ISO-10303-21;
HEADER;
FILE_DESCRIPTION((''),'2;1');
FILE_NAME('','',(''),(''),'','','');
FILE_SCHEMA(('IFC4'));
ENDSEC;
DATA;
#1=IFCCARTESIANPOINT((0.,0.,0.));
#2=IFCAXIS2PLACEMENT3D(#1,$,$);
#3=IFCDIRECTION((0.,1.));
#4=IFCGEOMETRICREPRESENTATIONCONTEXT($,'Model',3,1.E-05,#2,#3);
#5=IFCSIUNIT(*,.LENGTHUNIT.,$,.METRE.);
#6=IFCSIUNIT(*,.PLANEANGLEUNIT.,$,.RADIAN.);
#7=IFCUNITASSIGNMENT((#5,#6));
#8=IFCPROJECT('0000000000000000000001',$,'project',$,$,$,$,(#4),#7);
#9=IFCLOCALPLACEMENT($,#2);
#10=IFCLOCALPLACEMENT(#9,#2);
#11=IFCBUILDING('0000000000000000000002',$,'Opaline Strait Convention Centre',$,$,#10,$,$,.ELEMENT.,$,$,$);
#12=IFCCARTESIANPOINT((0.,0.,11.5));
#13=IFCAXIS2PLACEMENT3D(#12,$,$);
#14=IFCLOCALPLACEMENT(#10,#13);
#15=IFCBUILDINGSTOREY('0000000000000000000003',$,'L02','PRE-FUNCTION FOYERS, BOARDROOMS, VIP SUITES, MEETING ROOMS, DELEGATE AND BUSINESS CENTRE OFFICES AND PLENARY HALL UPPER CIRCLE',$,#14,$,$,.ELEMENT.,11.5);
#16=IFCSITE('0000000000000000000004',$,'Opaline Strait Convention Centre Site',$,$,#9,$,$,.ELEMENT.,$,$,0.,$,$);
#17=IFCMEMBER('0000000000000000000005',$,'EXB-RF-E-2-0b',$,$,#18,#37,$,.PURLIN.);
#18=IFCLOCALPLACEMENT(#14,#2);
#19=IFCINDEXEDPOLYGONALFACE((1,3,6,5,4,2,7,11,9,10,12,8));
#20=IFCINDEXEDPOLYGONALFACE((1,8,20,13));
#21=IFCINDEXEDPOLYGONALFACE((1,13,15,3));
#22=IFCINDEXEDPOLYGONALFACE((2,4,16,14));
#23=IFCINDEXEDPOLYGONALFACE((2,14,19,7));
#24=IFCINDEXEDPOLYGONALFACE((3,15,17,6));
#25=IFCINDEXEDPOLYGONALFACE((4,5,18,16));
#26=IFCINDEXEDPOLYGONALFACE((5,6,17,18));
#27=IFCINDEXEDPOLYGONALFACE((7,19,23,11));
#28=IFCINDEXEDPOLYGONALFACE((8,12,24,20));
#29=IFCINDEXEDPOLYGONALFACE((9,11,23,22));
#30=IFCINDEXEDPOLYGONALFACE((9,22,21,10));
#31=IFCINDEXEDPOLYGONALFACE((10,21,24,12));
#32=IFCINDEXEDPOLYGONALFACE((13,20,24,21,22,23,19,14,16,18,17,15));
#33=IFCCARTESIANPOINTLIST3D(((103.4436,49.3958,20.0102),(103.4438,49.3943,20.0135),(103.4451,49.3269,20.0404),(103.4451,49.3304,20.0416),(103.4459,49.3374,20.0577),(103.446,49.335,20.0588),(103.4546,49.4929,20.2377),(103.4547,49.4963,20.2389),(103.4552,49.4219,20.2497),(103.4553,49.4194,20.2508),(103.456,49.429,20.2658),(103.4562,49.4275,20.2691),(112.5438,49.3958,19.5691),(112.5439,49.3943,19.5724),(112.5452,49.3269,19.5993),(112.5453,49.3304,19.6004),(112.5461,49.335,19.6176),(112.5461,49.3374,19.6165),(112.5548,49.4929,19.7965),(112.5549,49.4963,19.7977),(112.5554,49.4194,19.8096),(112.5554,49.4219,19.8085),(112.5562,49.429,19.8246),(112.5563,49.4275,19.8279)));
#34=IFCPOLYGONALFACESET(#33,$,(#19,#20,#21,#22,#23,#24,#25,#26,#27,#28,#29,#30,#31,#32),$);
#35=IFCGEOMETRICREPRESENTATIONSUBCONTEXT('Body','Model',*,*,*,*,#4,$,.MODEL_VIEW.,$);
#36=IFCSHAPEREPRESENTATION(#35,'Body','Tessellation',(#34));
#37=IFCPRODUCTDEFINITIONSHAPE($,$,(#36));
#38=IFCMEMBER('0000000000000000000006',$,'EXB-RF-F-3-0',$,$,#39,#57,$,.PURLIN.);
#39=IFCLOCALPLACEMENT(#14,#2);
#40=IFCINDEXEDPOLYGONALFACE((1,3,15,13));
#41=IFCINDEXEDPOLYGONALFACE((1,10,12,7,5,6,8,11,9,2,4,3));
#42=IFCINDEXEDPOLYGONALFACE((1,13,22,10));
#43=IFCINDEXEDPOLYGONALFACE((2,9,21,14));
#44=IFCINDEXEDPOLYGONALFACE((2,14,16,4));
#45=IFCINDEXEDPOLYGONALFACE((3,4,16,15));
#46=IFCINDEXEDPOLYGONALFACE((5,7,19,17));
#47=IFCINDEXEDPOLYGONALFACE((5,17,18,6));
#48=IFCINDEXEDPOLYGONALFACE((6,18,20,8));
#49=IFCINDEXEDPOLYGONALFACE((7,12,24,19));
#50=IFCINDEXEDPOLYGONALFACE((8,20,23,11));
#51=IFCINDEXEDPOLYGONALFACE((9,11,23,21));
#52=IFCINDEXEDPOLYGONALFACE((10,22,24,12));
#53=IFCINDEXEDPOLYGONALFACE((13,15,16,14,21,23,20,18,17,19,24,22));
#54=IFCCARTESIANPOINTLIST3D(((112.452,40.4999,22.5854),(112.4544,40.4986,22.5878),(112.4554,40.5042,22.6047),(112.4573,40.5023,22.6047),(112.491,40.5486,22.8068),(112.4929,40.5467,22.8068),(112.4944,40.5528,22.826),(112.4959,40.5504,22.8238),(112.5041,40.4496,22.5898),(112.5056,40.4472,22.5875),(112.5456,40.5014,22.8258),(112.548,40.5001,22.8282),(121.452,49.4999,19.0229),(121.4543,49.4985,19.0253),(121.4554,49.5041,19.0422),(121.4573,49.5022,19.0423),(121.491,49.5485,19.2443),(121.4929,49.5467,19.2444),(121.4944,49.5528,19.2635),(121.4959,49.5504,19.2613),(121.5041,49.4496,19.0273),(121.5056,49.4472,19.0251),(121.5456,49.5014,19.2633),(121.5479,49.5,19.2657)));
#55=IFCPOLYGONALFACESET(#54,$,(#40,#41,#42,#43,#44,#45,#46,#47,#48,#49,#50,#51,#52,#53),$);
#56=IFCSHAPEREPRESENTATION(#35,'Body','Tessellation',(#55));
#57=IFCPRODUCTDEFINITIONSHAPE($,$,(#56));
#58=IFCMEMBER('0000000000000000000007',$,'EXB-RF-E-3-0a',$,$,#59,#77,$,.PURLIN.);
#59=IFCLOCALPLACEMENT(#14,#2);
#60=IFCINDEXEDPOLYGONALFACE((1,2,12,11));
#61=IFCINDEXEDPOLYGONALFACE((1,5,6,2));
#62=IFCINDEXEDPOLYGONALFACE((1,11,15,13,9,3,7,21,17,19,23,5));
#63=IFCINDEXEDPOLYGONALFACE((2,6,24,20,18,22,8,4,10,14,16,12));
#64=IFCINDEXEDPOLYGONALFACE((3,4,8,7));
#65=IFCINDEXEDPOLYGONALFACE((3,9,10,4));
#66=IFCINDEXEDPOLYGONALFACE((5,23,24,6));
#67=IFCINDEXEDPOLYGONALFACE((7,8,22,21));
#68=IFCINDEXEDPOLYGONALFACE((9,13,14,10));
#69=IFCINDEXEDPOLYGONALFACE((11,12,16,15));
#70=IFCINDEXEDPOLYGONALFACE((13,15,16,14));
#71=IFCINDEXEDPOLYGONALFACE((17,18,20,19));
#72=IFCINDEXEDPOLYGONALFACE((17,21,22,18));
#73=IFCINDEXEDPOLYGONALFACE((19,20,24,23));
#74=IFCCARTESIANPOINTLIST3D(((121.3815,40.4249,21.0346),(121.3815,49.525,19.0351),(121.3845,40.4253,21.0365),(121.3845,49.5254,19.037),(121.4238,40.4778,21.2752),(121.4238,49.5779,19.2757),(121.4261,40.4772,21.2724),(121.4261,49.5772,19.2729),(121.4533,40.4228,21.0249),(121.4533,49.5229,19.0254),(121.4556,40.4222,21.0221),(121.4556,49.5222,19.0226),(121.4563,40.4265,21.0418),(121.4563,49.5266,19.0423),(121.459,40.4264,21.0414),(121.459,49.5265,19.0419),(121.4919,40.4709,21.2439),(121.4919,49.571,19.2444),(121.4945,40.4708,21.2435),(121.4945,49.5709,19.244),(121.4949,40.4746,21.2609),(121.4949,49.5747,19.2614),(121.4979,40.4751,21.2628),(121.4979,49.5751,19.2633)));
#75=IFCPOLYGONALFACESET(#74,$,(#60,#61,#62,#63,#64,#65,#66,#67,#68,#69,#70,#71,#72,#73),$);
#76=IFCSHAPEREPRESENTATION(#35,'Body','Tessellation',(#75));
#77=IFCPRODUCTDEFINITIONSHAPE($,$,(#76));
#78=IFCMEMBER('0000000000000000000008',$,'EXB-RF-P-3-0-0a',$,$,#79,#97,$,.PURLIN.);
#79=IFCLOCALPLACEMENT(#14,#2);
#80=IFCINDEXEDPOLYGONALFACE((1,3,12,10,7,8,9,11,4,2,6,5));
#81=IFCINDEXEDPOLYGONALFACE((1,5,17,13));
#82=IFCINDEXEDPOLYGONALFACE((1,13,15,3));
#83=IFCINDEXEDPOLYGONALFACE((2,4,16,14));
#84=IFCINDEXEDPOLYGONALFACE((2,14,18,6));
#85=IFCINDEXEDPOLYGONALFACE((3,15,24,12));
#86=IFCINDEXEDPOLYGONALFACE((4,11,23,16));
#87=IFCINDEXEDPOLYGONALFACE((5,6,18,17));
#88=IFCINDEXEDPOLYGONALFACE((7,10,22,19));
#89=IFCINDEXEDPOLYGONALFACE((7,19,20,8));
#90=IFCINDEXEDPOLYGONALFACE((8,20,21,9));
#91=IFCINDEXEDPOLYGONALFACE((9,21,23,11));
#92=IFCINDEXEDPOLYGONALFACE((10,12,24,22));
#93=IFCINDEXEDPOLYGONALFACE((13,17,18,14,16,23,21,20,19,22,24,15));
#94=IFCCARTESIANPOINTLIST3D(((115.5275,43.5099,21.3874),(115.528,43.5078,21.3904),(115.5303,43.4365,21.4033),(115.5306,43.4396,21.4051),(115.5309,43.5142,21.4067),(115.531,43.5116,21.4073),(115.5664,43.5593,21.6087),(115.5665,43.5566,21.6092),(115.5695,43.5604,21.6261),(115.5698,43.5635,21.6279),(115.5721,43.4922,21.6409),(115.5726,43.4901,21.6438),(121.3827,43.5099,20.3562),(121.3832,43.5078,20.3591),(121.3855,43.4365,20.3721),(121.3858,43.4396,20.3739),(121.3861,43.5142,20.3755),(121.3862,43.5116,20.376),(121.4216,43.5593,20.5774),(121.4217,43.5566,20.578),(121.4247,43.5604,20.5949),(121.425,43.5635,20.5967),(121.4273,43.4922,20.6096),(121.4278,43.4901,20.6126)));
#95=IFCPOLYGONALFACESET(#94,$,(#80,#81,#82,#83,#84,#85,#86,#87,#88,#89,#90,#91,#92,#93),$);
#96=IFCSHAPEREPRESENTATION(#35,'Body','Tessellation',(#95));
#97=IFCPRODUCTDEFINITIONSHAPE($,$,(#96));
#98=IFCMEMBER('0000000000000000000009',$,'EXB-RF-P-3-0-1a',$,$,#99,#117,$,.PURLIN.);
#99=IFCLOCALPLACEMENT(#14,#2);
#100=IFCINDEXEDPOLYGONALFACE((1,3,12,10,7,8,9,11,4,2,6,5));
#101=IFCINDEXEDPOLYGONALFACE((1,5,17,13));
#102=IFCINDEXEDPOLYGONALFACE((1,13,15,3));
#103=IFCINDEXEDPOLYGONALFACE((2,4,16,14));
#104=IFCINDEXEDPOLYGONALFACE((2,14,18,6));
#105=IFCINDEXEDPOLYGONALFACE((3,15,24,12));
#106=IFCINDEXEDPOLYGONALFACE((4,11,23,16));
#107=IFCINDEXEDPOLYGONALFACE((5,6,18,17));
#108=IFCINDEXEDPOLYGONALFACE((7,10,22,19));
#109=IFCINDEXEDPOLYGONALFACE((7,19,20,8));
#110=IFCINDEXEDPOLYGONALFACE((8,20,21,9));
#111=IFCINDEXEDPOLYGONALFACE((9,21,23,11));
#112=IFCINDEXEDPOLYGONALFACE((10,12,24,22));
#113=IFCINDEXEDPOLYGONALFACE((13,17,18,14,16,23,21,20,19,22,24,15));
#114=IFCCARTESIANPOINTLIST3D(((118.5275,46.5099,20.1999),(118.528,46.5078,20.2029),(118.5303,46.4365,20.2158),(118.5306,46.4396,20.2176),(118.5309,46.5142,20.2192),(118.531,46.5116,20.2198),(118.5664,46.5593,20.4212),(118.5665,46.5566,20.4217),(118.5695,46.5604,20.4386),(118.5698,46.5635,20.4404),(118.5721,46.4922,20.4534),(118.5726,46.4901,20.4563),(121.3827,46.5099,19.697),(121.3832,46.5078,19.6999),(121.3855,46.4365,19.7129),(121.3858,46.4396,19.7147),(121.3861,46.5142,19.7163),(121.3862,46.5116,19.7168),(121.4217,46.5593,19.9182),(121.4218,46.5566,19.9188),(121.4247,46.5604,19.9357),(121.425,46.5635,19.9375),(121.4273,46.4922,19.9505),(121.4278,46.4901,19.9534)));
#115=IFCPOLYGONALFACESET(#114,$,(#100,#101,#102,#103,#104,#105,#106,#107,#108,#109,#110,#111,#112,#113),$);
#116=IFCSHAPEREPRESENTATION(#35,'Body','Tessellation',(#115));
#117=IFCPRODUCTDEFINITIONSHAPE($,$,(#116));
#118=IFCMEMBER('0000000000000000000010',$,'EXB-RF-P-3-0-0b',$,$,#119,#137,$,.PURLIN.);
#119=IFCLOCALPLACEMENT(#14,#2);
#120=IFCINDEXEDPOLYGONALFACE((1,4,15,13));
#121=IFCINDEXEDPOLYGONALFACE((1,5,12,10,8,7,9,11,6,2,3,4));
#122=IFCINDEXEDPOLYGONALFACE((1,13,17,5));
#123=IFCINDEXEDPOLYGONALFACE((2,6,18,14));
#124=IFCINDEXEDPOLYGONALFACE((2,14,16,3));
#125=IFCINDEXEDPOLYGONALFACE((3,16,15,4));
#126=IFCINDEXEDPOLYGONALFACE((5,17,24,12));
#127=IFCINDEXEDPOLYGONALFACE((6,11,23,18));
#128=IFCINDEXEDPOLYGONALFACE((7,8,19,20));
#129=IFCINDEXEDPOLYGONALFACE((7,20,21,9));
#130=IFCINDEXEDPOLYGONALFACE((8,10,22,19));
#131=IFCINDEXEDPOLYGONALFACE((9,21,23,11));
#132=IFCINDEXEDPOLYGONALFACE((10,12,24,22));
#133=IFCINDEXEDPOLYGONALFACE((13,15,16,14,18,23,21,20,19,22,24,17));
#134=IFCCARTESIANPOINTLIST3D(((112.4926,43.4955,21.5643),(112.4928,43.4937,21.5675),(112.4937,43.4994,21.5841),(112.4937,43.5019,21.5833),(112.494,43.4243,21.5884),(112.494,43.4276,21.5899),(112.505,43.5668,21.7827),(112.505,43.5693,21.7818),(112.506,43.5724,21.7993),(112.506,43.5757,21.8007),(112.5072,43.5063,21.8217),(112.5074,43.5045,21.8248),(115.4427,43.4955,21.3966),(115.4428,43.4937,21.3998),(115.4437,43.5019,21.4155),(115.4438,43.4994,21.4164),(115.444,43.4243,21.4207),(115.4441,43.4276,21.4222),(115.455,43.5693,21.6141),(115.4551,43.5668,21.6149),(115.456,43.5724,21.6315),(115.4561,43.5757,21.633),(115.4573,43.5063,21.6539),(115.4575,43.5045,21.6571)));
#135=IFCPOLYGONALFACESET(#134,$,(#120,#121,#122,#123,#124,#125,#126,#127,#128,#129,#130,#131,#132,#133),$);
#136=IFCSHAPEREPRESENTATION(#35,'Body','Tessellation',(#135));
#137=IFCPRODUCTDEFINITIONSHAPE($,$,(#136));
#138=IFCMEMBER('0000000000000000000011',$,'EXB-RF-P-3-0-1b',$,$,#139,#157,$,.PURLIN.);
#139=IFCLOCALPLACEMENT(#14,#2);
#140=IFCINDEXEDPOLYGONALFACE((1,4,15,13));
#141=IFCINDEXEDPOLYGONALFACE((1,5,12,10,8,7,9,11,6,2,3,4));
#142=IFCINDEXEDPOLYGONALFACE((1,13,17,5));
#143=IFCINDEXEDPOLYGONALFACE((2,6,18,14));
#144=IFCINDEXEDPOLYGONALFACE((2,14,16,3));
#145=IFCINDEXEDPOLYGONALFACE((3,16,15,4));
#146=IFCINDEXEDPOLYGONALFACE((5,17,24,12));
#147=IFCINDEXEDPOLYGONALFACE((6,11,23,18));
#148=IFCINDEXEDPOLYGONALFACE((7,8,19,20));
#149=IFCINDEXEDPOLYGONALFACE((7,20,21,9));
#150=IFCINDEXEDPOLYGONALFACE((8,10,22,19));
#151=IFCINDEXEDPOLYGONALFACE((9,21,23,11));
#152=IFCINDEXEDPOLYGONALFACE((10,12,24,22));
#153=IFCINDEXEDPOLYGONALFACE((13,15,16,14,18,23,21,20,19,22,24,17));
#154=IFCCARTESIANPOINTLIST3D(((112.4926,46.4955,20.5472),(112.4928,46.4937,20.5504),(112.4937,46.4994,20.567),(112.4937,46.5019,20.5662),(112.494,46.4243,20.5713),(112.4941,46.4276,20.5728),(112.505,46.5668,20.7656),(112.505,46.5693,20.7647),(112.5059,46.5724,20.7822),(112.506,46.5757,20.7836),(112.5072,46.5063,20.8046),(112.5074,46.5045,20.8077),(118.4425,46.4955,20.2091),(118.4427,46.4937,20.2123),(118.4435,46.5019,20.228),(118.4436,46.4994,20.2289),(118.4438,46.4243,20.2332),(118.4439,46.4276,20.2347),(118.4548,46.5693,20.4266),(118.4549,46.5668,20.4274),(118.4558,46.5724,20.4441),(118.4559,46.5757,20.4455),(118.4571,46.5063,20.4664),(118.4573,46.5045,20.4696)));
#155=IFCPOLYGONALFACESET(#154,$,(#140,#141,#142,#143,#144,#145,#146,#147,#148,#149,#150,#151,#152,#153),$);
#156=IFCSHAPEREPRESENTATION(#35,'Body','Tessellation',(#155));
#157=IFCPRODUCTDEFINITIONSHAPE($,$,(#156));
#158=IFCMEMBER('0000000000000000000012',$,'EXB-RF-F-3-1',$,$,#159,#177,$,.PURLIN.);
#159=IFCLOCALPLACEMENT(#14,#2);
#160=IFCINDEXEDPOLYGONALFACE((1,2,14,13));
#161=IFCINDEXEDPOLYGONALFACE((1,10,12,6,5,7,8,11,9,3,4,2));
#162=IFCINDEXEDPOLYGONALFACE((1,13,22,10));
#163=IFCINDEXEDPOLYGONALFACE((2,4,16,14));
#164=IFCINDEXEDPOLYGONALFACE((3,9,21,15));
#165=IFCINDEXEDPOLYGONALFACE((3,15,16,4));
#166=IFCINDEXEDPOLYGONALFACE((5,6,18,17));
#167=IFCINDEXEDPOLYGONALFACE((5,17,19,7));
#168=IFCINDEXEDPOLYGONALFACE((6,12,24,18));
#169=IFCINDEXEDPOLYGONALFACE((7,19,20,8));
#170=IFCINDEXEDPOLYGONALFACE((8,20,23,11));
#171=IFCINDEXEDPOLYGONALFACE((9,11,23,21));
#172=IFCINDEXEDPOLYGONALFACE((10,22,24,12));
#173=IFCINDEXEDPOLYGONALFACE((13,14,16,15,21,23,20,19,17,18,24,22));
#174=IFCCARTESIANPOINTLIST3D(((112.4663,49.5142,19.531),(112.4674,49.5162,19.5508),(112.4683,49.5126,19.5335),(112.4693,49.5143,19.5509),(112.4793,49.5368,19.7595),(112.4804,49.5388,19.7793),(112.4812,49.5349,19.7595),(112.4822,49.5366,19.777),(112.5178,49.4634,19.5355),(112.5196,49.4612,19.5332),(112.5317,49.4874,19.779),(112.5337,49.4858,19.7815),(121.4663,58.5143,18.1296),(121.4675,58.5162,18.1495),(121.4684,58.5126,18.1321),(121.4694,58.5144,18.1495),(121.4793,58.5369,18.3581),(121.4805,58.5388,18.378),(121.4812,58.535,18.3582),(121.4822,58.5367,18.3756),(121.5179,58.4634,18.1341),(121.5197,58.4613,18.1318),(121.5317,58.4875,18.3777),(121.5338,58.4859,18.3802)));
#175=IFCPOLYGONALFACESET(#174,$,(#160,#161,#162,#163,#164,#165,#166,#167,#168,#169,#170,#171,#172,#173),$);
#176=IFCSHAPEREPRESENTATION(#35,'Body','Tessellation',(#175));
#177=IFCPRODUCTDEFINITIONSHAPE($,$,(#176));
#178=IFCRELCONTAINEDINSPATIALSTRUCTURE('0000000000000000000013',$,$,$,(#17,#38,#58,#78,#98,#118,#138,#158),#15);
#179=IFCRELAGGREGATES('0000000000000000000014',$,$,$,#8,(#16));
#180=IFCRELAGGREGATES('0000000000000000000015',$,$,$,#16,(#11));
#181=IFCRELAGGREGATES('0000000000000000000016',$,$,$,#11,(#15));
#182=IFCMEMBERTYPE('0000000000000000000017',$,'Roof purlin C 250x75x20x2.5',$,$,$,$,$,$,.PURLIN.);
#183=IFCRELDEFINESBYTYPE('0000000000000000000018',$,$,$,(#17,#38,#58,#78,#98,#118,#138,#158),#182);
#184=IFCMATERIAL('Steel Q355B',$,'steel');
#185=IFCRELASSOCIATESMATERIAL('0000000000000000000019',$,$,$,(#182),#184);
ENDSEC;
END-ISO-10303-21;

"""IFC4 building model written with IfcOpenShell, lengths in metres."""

from ifc_helpers import new_model, si_unit, direction, frame, origin, place, context, subcontext, project, spatial, polyline, outline, extrude, material, material_profile, profile_set, type_object, element, save


model = new_model("IFC4")

# Units and contexts
model_context = context("Model", 3, precision=1e-05, world=origin(), true_north=direction((0.0, 1.0)))
body_context = subcontext(model_context, "Body", "Model", "MODEL_VIEW")
ifc_project = project(units=[si_unit("LENGTHUNIT", "METRE"), si_unit("PLANEANGLEUNIT", "RADIAN")], contexts=[model_context])

# Site, building, storey
site_placement = place(None, origin())
site = spatial("IfcSite", under=ifc_project, at=site_placement, Name="Opaline Strait Convention Centre Site", CompositionType="ELEMENT", RefElevation=0.0)
building_placement = place(site_placement, origin())
building = spatial("IfcBuilding", under=site, at=building_placement, Name="Opaline Strait Convention Centre", CompositionType="ELEMENT")
storey_placement = place(building_placement, frame((0.0, 0.0, 11.5)))
storey = spatial("IfcBuildingStorey", under=building, at=storey_placement, Name="L02", Description="PRE-FUNCTION FOYERS, BOARDROOMS, VIP SUITES, MEETING ROOMS, DELEGATE AND BUSINESS CENTRE OFFICES AND PLENARY HALL UPPER CIRCLE", CompositionType="ELEMENT", Elevation=11.5)

# Members
ifc_material_1 = material(Name="Steel Q355B", Category="steel")
ifc_material_profile_1 = material_profile(ifc_material_1, outline(polyline([(-0.0376, -0.125), (0.0376, -0.125), (0.0376, -0.105), (0.0349, -0.105), (0.0349, -0.1226), (-0.0349, -0.1226), (-0.0349, 0.1226), (0.0349, 0.1226), (0.0349, 0.105), (0.0376, 0.105), (0.0376, 0.125), (-0.0376, 0.125), (-0.0376, -0.125)])), Name="C 250x75x20x2.5")
ifc_profile_set_1 = profile_set([ifc_material_profile_1], Name="Steel Q355B")
member_type_1 = type_object("IfcMemberType", Name="Roof purlin C 250x75x20x2.5", PredefinedType="PURLIN", material=ifc_profile_set_1)
member_1_placement = place(storey_placement, frame((112.55, 49.4116, 19.6985), z_axis=(-0.998827, 0.0, 0.048422), x_axis=(0.019477, -0.915533, 0.401772)))
element("IfcMember", 1, at=member_1_placement, inside=storey, type_object=member_type_1, Name="EXB-RF-E-2-0b", PredefinedType="PURLIN", context=body_context, shape_type="SweptSolid", body=[
    extrude(outline(polyline([(-0.0376, -0.125), (0.0376, -0.125), (0.0376, -0.105), (0.0349, -0.105), (0.0349, -0.1226), (-0.0349, -0.1226), (-0.0349, 0.1226), (0.0349, 0.1226), (0.0349, 0.105), (0.0376, 0.105), (0.0376, 0.125), (-0.0376, 0.125), (-0.0376, -0.125)])), origin(), (0.0, 0.0, 1.0), 9.1108),
])
member_2_placement = place(storey_placement, frame((112.5, 40.5, 22.7068), z_axis=(0.680937, 0.680937, -0.269537), x_axis=(-0.712454, 0.701136, -0.028595)))
element("IfcMember", 2, at=member_2_placement, inside=storey, type_object=member_type_1, Name="EXB-RF-F-3-0", PredefinedType="PURLIN", context=body_context, shape_type="SweptSolid", body=[
    extrude(outline(polyline([(-0.0376, -0.125), (0.0376, -0.125), (0.0376, -0.105), (0.0349, -0.105), (0.0349, -0.1226), (-0.0349, -0.1226), (-0.0349, 0.1226), (0.0349, 0.1226), (0.0349, 0.105), (0.0376, 0.105), (0.0376, 0.125), (-0.0376, 0.125), (-0.0376, -0.125)])), origin(), (0.0, 0.0, 1.0), 13.217),
])
member_3_placement = place(storey_placement, frame((121.4397, 49.55, 19.1492), z_axis=(0.0, -0.976701, 0.214605), x_axis=(0.98553, -0.036376, -0.165553)))
element("IfcMember", 3, at=member_3_placement, inside=storey, type_object=member_type_1, Name="EXB-RF-E-3-0a", PredefinedType="PURLIN", context=body_context, shape_type="SweptSolid", body=[
    extrude(outline(polyline([(-0.0376, -0.125), (0.0376, -0.125), (0.0376, -0.105), (0.0349, -0.105), (0.0349, -0.1226), (-0.0349, -0.1226), (-0.0349, 0.1226), (0.0349, 0.1226), (0.0349, 0.105), (0.0376, 0.105), (0.0376, 0.125), (-0.0376, 0.125), (-0.0376, -0.125)])), origin(), (0.0, 0.0, 1.0), 9.3171),
])
member_4_placement = place(storey_placement, frame((115.55, 43.5, 21.5156), z_axis=(0.984842, 0.0, -0.173455), x_axis=(-0.037224, 0.976702, -0.211348)))
element("IfcMember", 4, at=member_4_placement, inside=storey, type_object=member_type_1, Name="EXB-RF-P-3-0-0a", PredefinedType="PURLIN", context=body_context, shape_type="SweptSolid", body=[
    extrude(outline(polyline([(-0.0376, -0.125), (0.0376, -0.125), (0.0376, -0.105), (0.0349, -0.105), (0.0349, -0.1226), (-0.0349, -0.1226), (-0.0349, 0.1226), (0.0349, 0.1226), (0.0349, 0.105), (0.0376, 0.105), (0.0376, 0.125), (-0.0376, 0.125), (-0.0376, -0.125)])), origin(), (0.0, 0.0, 1.0), 5.9453),
])
member_5_placement = place(storey_placement, frame((118.55, 46.5, 20.3281), z_axis=(0.984839, 0.0, -0.173473), x_axis=(-0.037227, 0.976702, -0.211347)))
element("IfcMember", 5, at=member_5_placement, inside=storey, type_object=member_type_1, Name="EXB-RF-P-3-0-1a", PredefinedType="PURLIN", context=body_context, shape_type="SweptSolid", body=[
    extrude(outline(polyline([(-0.0376, -0.125), (0.0376, -0.125), (0.0376, -0.105), (0.0349, -0.105), (0.0349, -0.1226), (-0.0349, -0.1226), (-0.0349, 0.1226), (0.0349, 0.1226), (0.0349, 0.105), (0.0376, 0.105), (0.0376, 0.125), (-0.0376, 0.125), (-0.0376, -0.125)])), origin(), (0.0, 0.0, 1.0), 2.8992),
])
member_6_placement = place(storey_placement, frame((112.5, 43.5, 21.6946), z_axis=(0.998388, 0.0, -0.056765), x_axis=(-0.018222, 0.947074, -0.320497)))
element("IfcMember", 6, at=member_6_placement, inside=storey, type_object=member_type_1, Name="EXB-RF-P-3-0-0b", PredefinedType="PURLIN", context=body_context, shape_type="SweptSolid", body=[
    extrude(outline(polyline([(-0.0376, -0.125), (0.0376, -0.125), (0.0376, -0.105), (0.0349, -0.105), (0.0349, -0.1226), (-0.0349, -0.1226), (-0.0349, 0.1226), (0.0349, 0.1226), (0.0349, 0.105), (0.0376, 0.105), (0.0376, 0.125), (-0.0376, 0.125), (-0.0376, -0.125)])), origin(), (0.0, 0.0, 1.0), 2.9548),
])
member_7_placement = place(storey_placement, frame((112.5, 46.5, 20.6775), z_axis=(0.998389, 0.0, -0.056738), x_axis=(-0.018214, 0.947074, -0.320498)))
element("IfcMember", 7, at=member_7_placement, inside=storey, type_object=member_type_1, Name="EXB-RF-P-3-0-1b", PredefinedType="PURLIN", context=body_context, shape_type="SweptSolid", body=[
    extrude(outline(polyline([(-0.0376, -0.125), (0.0376, -0.125), (0.0376, -0.105), (0.0349, -0.105), (0.0349, -0.1226), (-0.0349, -0.1226), (-0.0349, 0.1226), (0.0349, 0.1226), (0.0349, 0.105), (0.0376, 0.105), (0.0376, 0.125), (-0.0376, 0.125), (-0.0376, -0.125)])), origin(), (0.0, 0.0, 1.0), 5.9595),
])
member_8_placement = place(storey_placement, frame((112.5, 49.5, 19.6562), z_axis=(0.702859, 0.702859, -0.10944), x_axis=(-0.709082, 0.704516, -0.029329)))
element("IfcMember", 8, at=member_8_placement, inside=storey, type_object=member_type_1, Name="EXB-RF-F-3-1", PredefinedType="PURLIN", context=body_context, shape_type="SweptSolid", body=[
    extrude(outline(polyline([(-0.0376, -0.125), (0.0376, -0.125), (0.0376, -0.105), (0.0349, -0.105), (0.0349, -0.1226), (-0.0349, -0.1226), (-0.0349, 0.1226), (0.0349, 0.1226), (0.0349, 0.105), (0.0376, 0.105), (0.0376, 0.125), (-0.0376, 0.125), (-0.0376, -0.125)])), origin(), (0.0, 0.0, 1.0), 12.8049),
])

save(model, "model.ifc")
